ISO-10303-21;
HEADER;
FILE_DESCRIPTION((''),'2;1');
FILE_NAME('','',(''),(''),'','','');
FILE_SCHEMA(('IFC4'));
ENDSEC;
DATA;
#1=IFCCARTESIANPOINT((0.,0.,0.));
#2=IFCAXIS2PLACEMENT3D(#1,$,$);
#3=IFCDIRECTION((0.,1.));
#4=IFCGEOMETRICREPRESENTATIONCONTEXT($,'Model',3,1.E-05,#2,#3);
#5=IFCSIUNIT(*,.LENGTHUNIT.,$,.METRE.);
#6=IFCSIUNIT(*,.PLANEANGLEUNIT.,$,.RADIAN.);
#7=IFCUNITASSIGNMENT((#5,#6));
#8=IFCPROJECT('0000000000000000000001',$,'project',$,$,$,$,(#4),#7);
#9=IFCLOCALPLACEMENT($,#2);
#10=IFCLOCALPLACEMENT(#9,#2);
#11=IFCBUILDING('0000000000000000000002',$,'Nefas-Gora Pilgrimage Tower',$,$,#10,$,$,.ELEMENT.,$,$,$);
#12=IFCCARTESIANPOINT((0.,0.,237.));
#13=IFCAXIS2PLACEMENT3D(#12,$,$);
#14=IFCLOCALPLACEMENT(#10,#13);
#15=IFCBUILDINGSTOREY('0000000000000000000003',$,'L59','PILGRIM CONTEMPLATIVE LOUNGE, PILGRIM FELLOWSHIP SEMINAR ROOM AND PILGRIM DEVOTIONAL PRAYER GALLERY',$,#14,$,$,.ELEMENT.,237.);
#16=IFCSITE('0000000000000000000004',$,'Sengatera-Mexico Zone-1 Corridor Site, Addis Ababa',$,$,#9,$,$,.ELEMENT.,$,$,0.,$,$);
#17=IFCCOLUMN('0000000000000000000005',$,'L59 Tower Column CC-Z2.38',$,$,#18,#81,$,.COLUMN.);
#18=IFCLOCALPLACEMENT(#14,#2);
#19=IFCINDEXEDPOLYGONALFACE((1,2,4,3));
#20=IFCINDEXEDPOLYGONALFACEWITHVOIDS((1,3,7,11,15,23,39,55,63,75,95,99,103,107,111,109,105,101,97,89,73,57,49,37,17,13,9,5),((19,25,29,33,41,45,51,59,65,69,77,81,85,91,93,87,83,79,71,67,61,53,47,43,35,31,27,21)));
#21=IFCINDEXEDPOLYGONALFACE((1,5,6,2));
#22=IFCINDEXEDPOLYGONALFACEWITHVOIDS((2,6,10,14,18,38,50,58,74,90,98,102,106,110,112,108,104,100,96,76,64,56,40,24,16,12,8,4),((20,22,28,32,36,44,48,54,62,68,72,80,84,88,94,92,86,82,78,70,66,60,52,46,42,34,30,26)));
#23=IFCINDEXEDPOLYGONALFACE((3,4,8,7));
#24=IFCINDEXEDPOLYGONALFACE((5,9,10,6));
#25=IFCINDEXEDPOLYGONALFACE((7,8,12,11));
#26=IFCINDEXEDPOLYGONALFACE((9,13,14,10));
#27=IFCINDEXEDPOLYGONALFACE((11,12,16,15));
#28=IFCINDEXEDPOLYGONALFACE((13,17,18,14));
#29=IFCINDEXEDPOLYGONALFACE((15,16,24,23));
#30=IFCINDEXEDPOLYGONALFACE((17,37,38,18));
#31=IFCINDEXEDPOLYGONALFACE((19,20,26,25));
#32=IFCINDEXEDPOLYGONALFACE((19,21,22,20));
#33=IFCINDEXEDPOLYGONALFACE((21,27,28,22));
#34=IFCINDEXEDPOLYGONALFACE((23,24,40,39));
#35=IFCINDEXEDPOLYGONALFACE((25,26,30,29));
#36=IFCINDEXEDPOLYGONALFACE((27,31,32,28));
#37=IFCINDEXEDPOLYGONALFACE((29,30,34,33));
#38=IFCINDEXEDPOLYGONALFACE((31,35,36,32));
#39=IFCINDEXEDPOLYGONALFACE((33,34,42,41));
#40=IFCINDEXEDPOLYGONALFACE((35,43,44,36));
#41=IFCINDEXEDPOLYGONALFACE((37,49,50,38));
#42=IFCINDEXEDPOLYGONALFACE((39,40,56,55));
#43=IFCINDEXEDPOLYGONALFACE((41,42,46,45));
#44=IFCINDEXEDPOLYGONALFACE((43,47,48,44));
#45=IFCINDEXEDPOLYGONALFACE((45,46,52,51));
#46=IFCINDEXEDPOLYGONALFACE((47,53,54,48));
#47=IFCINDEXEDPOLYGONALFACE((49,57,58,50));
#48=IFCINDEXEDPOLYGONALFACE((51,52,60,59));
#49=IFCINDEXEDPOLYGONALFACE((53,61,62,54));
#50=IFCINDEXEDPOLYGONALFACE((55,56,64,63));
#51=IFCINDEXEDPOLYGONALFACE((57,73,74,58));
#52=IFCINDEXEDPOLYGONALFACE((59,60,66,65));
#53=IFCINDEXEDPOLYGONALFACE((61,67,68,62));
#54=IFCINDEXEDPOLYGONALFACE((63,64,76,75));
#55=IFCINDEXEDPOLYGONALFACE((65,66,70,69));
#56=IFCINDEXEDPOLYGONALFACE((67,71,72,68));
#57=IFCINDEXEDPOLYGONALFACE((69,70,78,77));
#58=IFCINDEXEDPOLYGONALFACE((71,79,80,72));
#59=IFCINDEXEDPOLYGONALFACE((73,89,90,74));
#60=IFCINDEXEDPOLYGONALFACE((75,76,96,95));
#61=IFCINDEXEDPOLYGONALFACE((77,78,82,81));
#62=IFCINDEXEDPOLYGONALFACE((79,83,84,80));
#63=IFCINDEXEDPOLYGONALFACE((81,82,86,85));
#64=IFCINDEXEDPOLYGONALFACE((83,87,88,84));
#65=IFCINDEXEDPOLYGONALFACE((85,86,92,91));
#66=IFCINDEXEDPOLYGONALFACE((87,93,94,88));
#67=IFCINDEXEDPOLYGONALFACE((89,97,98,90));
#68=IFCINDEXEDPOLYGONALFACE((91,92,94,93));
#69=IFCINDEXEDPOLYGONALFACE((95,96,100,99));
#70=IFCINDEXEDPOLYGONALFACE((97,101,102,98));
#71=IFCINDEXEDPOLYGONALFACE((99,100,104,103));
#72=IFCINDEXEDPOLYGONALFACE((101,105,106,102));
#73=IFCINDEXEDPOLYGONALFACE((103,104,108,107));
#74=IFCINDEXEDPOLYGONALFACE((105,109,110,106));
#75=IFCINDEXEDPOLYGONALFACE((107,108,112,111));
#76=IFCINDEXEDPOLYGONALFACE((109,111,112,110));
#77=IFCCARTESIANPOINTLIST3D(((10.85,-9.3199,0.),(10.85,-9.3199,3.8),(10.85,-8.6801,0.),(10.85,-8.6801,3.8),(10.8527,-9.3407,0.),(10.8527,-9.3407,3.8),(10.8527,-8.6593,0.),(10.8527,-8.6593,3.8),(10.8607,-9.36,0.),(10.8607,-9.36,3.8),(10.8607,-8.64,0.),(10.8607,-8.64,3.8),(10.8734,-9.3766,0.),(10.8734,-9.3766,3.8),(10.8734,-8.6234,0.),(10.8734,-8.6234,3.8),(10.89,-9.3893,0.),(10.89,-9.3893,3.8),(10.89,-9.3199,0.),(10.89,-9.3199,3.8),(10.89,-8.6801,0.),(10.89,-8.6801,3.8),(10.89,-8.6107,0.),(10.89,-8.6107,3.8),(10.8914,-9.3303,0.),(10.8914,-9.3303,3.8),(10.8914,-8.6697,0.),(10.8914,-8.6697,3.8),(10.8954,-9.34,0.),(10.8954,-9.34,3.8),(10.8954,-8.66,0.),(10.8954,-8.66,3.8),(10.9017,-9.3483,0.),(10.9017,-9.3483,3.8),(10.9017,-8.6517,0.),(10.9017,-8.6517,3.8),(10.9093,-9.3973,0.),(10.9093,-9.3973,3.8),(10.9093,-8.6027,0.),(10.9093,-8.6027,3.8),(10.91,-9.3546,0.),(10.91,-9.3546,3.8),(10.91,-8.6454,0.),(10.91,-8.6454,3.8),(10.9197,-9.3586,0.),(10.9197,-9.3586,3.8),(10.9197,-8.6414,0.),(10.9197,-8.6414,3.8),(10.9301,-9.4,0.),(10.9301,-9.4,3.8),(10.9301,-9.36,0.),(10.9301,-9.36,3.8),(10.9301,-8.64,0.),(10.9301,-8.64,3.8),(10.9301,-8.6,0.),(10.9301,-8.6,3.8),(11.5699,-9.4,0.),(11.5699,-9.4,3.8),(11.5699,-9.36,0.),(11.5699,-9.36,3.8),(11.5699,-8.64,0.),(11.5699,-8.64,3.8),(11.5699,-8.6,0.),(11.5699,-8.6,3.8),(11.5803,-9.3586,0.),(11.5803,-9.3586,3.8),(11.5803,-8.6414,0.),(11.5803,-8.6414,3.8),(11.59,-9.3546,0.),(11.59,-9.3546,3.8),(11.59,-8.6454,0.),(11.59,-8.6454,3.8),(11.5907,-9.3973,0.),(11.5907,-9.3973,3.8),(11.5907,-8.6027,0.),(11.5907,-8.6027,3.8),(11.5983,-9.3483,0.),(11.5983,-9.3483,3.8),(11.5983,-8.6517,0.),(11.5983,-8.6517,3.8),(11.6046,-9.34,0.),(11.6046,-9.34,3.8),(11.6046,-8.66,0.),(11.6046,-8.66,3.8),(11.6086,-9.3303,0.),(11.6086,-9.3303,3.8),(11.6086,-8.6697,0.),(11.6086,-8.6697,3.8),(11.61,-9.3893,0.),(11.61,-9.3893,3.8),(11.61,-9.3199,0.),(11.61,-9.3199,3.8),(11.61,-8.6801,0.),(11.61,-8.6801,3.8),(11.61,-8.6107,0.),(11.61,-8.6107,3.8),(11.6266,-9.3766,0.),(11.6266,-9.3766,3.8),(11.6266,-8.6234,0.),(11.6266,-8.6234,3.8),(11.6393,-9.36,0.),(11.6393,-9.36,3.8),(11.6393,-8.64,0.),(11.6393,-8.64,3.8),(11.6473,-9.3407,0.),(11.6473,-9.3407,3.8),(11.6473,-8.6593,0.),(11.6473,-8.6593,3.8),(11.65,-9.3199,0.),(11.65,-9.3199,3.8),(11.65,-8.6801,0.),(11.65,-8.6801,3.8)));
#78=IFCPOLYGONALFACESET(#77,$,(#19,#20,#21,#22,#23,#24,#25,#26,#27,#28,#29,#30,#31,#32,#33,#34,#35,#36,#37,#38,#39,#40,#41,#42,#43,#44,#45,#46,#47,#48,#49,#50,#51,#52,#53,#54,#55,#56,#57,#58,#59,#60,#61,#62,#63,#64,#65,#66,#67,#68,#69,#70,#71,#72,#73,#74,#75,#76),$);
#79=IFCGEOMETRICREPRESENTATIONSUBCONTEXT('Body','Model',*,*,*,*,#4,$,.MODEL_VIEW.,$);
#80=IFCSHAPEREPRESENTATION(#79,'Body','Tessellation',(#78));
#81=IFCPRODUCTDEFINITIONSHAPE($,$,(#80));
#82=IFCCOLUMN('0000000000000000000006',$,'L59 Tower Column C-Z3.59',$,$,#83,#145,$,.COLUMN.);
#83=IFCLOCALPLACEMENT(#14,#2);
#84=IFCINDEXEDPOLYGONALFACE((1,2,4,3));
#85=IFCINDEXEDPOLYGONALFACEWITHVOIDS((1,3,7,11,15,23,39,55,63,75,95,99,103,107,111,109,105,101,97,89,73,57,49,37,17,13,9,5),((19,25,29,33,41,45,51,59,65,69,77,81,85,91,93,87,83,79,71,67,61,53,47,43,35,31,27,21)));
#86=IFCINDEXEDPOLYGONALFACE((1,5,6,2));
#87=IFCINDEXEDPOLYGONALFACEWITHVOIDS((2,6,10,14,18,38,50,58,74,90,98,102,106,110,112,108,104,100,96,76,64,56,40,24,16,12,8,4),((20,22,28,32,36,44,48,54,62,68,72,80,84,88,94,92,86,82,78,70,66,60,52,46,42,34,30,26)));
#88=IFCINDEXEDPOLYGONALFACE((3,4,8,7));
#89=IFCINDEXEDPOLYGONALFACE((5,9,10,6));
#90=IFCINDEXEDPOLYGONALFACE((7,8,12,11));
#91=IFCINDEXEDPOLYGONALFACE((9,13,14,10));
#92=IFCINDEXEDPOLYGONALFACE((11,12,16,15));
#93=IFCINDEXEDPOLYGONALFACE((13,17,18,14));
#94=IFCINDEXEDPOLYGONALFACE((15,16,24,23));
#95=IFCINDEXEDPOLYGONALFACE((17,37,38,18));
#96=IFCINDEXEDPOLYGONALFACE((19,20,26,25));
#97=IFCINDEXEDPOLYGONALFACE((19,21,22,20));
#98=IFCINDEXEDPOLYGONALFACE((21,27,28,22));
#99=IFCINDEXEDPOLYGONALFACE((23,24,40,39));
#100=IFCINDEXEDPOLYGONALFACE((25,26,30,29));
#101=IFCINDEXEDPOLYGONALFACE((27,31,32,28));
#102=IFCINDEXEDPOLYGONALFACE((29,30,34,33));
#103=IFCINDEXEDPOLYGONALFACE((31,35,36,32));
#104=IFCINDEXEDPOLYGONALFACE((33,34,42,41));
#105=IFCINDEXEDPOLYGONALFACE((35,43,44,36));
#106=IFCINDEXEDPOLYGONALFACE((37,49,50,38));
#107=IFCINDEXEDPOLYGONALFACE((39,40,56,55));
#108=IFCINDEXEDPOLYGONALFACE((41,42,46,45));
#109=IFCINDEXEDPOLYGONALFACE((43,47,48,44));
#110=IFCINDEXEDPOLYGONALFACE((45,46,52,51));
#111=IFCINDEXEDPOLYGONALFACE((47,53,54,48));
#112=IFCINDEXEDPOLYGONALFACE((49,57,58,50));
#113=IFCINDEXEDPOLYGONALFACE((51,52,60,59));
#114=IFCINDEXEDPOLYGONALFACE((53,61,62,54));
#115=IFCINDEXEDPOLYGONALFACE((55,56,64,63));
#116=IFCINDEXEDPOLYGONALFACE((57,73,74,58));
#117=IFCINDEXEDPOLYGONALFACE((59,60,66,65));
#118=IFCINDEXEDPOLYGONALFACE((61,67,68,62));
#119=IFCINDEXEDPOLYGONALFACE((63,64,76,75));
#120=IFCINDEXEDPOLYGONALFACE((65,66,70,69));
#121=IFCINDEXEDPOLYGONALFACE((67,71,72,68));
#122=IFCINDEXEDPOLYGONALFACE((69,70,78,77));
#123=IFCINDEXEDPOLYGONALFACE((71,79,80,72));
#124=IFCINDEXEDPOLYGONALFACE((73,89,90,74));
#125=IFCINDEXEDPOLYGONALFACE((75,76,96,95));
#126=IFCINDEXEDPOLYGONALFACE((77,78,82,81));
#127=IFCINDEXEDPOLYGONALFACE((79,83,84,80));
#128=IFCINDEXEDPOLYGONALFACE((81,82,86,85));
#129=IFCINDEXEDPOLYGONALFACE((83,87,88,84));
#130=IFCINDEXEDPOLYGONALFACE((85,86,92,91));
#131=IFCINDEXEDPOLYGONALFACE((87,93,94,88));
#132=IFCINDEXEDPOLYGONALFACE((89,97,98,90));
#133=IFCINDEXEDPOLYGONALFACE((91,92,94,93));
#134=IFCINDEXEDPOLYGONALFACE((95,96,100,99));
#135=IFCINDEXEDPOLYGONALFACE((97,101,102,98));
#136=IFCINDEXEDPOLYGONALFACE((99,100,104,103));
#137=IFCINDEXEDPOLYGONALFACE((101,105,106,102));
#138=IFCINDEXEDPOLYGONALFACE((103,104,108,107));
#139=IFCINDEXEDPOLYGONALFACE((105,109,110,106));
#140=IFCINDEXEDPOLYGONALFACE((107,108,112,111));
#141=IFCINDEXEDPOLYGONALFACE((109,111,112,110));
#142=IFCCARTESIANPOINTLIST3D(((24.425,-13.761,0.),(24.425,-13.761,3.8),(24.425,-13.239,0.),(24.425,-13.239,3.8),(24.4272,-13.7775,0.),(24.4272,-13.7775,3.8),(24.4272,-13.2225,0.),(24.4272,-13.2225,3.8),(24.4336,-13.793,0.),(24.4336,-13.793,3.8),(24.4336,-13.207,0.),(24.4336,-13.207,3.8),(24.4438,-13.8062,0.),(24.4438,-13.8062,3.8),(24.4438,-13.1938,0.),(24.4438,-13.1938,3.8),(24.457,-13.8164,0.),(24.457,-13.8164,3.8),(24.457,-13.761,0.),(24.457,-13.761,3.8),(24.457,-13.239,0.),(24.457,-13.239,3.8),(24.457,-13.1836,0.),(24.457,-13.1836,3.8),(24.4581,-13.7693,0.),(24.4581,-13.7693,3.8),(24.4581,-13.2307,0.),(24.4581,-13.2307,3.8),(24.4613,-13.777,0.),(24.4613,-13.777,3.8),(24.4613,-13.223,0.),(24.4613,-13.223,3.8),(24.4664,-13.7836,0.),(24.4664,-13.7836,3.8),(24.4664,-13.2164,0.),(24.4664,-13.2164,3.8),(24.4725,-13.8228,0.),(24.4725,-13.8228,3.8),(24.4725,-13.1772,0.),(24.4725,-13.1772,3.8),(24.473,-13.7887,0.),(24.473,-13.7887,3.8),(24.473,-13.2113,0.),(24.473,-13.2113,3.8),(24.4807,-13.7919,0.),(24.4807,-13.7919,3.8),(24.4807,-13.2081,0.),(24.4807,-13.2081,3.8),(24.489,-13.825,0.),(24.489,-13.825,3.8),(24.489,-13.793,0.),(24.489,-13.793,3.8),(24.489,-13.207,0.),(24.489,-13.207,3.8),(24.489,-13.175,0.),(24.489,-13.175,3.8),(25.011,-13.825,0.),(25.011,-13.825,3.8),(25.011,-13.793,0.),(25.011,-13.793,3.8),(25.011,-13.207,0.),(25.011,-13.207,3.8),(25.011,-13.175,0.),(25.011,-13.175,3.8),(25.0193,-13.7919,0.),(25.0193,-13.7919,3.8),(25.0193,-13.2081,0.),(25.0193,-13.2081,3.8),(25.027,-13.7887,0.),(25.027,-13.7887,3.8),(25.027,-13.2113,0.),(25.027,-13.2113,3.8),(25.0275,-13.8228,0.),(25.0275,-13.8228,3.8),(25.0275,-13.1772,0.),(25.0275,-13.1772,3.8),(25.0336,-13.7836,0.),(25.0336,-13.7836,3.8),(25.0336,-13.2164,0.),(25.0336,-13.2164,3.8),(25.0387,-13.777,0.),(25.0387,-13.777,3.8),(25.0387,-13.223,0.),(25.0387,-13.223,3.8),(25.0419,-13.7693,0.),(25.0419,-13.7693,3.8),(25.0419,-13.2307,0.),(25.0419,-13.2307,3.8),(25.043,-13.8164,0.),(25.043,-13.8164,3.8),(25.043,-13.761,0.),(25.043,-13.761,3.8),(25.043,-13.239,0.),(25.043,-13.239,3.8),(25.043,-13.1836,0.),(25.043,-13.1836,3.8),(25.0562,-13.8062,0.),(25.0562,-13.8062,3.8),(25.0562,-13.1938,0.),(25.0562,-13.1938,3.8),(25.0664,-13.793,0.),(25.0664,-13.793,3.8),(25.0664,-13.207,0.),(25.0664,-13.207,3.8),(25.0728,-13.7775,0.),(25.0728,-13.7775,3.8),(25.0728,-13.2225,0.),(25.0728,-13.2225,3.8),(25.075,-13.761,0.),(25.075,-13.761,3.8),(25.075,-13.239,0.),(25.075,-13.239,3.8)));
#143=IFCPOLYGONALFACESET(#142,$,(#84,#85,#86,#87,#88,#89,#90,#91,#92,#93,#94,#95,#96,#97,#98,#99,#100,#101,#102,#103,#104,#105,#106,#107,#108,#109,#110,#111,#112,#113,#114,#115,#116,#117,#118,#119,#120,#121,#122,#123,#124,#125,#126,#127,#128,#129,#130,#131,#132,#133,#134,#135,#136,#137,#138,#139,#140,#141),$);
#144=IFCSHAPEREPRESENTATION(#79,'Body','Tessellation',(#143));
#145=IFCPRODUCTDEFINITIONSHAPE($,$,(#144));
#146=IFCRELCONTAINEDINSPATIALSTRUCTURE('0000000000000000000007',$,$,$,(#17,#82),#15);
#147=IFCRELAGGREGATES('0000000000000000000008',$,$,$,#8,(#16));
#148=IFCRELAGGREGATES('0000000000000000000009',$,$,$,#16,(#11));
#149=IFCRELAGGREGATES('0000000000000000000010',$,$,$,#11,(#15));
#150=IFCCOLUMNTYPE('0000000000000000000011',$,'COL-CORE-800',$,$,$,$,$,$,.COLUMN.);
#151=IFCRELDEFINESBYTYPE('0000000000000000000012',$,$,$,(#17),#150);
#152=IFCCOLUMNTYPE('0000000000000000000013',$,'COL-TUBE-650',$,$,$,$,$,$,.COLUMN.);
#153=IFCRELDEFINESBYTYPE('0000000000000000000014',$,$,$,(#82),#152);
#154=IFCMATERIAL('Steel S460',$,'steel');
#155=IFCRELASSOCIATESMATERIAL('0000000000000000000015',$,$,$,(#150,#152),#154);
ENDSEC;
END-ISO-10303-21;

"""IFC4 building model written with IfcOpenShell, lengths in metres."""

from ifc_helpers import new_model, si_unit, direction, frame, origin, origin_2d, place, context, subcontext, project, spatial, hollow_rectangle, extrude, source, transform, mapped, material, material_profile, profile_set, type_object, element, save


model = new_model("IFC4")

# Units and contexts
model_context = context("Model", 3, precision=1e-05, world=origin(), true_north=direction((0.0, 1.0)))
body_context = subcontext(model_context, "Body", "Model", "MODEL_VIEW")
ifc_project = project(units=[si_unit("LENGTHUNIT", "METRE"), si_unit("PLANEANGLEUNIT", "RADIAN")], contexts=[model_context])

# Site, building, storey
site_placement = place(None, origin())
site = spatial("IfcSite", under=ifc_project, at=site_placement, Name="Sengatera-Mexico Zone-1 Corridor Site, Addis Ababa", CompositionType="ELEMENT", RefElevation=0.0)
building_placement = place(site_placement, origin())
building = spatial("IfcBuilding", under=site, at=building_placement, Name="Nefas-Gora Pilgrimage Tower", CompositionType="ELEMENT")
storey_placement = place(building_placement, frame((0.0, 0.0, 237.0)))
storey = spatial("IfcBuildingStorey", under=building, at=storey_placement, Name="L59", Description="PILGRIM CONTEMPLATIVE LOUNGE, PILGRIM FELLOWSHIP SEMINAR ROOM AND PILGRIM DEVOTIONAL PRAYER GALLERY", CompositionType="ELEMENT", Elevation=237.0)

# Columns
ifc_material_1 = material(Name="Steel S460", Category="steel")
ifc_material_profile_1 = material_profile(ifc_material_1, hollow_rectangle(XDim=0.8, YDim=0.8, WallThickness=0.04, InnerFilletRadius=0.04, OuterFilletRadius=0.0801, at=origin_2d()), Name="BOX 800x800x40")
ifc_profile_set_1 = profile_set([ifc_material_profile_1], Name="Steel S460")
column_type_1 = type_object("IfcColumnType", Name="COL-CORE-800", PredefinedType="COLUMN", material=ifc_profile_set_1)
shared_shape_1 = source(origin(), body_context, "Body", "SweptSolid", [
    extrude(hollow_rectangle(XDim=0.8, YDim=0.8, WallThickness=0.04, InnerFilletRadius=0.04, OuterFilletRadius=0.0801, at=origin_2d()), origin(), (0.0, 0.0, 1.0), 3.8),
])
column_placement = place(storey_placement, frame((11.25, -9.0, 0.0), z_axis=(0.0, 0.0, 1.0), x_axis=(1.0, 0.0, 0.0)))
element("IfcColumn", 1, at=column_placement, inside=storey, type_object=column_type_1, Name="L59 Tower Column CC-Z2.38", PredefinedType="COLUMN", context=body_context, shape_type="MappedRepresentation", body=[
    mapped(shared_shape_1, transform((0.0, 0.0, 0.0), x_axis=(1.0, 0.0, 0.0), y_axis=(0.0, 1.0, 0.0), z_axis=(0.0, 0.0, 1.0), scale=1.0)),
])
ifc_material_profile_2 = material_profile(ifc_material_1, hollow_rectangle(XDim=0.6499, YDim=0.6499, WallThickness=0.032, InnerFilletRadius=0.032, OuterFilletRadius=0.064, at=origin_2d()), Name="BOX 650x650x32")
ifc_profile_set_2 = profile_set([ifc_material_profile_2], Name="Steel S460")
column_type_2 = type_object("IfcColumnType", Name="COL-TUBE-650", PredefinedType="COLUMN", material=ifc_profile_set_2)
shared_shape_2 = source(origin(), body_context, "Body", "SweptSolid", [
    extrude(hollow_rectangle(XDim=0.6499, YDim=0.6499, WallThickness=0.032, InnerFilletRadius=0.032, OuterFilletRadius=0.064, at=origin_2d()), origin(), (0.0, 0.0, 1.0), 3.8),
])
for number, where, z_axis, x_axis, name in (
    (2, (24.75, -13.5, 0.0), (0.0, 0.0, 1.0), (1.0, 0.0, 0.0), "L59 Tower Column C-Z3.59"),
):
    element("IfcColumn", number, at=place(storey_placement, frame(where, z_axis=z_axis, x_axis=x_axis)), inside=storey, type_object=column_type_2, Name=name, PredefinedType="COLUMN", context=body_context, shape_type="MappedRepresentation", body=[
        mapped(shared_shape_2, transform((0.0, 0.0, 0.0), x_axis=(1.0, 0.0, 0.0), y_axis=(0.0, 1.0, 0.0), z_axis=(0.0, 0.0, 1.0), scale=1.0)),
    ])

save(model, "model.ifc")
